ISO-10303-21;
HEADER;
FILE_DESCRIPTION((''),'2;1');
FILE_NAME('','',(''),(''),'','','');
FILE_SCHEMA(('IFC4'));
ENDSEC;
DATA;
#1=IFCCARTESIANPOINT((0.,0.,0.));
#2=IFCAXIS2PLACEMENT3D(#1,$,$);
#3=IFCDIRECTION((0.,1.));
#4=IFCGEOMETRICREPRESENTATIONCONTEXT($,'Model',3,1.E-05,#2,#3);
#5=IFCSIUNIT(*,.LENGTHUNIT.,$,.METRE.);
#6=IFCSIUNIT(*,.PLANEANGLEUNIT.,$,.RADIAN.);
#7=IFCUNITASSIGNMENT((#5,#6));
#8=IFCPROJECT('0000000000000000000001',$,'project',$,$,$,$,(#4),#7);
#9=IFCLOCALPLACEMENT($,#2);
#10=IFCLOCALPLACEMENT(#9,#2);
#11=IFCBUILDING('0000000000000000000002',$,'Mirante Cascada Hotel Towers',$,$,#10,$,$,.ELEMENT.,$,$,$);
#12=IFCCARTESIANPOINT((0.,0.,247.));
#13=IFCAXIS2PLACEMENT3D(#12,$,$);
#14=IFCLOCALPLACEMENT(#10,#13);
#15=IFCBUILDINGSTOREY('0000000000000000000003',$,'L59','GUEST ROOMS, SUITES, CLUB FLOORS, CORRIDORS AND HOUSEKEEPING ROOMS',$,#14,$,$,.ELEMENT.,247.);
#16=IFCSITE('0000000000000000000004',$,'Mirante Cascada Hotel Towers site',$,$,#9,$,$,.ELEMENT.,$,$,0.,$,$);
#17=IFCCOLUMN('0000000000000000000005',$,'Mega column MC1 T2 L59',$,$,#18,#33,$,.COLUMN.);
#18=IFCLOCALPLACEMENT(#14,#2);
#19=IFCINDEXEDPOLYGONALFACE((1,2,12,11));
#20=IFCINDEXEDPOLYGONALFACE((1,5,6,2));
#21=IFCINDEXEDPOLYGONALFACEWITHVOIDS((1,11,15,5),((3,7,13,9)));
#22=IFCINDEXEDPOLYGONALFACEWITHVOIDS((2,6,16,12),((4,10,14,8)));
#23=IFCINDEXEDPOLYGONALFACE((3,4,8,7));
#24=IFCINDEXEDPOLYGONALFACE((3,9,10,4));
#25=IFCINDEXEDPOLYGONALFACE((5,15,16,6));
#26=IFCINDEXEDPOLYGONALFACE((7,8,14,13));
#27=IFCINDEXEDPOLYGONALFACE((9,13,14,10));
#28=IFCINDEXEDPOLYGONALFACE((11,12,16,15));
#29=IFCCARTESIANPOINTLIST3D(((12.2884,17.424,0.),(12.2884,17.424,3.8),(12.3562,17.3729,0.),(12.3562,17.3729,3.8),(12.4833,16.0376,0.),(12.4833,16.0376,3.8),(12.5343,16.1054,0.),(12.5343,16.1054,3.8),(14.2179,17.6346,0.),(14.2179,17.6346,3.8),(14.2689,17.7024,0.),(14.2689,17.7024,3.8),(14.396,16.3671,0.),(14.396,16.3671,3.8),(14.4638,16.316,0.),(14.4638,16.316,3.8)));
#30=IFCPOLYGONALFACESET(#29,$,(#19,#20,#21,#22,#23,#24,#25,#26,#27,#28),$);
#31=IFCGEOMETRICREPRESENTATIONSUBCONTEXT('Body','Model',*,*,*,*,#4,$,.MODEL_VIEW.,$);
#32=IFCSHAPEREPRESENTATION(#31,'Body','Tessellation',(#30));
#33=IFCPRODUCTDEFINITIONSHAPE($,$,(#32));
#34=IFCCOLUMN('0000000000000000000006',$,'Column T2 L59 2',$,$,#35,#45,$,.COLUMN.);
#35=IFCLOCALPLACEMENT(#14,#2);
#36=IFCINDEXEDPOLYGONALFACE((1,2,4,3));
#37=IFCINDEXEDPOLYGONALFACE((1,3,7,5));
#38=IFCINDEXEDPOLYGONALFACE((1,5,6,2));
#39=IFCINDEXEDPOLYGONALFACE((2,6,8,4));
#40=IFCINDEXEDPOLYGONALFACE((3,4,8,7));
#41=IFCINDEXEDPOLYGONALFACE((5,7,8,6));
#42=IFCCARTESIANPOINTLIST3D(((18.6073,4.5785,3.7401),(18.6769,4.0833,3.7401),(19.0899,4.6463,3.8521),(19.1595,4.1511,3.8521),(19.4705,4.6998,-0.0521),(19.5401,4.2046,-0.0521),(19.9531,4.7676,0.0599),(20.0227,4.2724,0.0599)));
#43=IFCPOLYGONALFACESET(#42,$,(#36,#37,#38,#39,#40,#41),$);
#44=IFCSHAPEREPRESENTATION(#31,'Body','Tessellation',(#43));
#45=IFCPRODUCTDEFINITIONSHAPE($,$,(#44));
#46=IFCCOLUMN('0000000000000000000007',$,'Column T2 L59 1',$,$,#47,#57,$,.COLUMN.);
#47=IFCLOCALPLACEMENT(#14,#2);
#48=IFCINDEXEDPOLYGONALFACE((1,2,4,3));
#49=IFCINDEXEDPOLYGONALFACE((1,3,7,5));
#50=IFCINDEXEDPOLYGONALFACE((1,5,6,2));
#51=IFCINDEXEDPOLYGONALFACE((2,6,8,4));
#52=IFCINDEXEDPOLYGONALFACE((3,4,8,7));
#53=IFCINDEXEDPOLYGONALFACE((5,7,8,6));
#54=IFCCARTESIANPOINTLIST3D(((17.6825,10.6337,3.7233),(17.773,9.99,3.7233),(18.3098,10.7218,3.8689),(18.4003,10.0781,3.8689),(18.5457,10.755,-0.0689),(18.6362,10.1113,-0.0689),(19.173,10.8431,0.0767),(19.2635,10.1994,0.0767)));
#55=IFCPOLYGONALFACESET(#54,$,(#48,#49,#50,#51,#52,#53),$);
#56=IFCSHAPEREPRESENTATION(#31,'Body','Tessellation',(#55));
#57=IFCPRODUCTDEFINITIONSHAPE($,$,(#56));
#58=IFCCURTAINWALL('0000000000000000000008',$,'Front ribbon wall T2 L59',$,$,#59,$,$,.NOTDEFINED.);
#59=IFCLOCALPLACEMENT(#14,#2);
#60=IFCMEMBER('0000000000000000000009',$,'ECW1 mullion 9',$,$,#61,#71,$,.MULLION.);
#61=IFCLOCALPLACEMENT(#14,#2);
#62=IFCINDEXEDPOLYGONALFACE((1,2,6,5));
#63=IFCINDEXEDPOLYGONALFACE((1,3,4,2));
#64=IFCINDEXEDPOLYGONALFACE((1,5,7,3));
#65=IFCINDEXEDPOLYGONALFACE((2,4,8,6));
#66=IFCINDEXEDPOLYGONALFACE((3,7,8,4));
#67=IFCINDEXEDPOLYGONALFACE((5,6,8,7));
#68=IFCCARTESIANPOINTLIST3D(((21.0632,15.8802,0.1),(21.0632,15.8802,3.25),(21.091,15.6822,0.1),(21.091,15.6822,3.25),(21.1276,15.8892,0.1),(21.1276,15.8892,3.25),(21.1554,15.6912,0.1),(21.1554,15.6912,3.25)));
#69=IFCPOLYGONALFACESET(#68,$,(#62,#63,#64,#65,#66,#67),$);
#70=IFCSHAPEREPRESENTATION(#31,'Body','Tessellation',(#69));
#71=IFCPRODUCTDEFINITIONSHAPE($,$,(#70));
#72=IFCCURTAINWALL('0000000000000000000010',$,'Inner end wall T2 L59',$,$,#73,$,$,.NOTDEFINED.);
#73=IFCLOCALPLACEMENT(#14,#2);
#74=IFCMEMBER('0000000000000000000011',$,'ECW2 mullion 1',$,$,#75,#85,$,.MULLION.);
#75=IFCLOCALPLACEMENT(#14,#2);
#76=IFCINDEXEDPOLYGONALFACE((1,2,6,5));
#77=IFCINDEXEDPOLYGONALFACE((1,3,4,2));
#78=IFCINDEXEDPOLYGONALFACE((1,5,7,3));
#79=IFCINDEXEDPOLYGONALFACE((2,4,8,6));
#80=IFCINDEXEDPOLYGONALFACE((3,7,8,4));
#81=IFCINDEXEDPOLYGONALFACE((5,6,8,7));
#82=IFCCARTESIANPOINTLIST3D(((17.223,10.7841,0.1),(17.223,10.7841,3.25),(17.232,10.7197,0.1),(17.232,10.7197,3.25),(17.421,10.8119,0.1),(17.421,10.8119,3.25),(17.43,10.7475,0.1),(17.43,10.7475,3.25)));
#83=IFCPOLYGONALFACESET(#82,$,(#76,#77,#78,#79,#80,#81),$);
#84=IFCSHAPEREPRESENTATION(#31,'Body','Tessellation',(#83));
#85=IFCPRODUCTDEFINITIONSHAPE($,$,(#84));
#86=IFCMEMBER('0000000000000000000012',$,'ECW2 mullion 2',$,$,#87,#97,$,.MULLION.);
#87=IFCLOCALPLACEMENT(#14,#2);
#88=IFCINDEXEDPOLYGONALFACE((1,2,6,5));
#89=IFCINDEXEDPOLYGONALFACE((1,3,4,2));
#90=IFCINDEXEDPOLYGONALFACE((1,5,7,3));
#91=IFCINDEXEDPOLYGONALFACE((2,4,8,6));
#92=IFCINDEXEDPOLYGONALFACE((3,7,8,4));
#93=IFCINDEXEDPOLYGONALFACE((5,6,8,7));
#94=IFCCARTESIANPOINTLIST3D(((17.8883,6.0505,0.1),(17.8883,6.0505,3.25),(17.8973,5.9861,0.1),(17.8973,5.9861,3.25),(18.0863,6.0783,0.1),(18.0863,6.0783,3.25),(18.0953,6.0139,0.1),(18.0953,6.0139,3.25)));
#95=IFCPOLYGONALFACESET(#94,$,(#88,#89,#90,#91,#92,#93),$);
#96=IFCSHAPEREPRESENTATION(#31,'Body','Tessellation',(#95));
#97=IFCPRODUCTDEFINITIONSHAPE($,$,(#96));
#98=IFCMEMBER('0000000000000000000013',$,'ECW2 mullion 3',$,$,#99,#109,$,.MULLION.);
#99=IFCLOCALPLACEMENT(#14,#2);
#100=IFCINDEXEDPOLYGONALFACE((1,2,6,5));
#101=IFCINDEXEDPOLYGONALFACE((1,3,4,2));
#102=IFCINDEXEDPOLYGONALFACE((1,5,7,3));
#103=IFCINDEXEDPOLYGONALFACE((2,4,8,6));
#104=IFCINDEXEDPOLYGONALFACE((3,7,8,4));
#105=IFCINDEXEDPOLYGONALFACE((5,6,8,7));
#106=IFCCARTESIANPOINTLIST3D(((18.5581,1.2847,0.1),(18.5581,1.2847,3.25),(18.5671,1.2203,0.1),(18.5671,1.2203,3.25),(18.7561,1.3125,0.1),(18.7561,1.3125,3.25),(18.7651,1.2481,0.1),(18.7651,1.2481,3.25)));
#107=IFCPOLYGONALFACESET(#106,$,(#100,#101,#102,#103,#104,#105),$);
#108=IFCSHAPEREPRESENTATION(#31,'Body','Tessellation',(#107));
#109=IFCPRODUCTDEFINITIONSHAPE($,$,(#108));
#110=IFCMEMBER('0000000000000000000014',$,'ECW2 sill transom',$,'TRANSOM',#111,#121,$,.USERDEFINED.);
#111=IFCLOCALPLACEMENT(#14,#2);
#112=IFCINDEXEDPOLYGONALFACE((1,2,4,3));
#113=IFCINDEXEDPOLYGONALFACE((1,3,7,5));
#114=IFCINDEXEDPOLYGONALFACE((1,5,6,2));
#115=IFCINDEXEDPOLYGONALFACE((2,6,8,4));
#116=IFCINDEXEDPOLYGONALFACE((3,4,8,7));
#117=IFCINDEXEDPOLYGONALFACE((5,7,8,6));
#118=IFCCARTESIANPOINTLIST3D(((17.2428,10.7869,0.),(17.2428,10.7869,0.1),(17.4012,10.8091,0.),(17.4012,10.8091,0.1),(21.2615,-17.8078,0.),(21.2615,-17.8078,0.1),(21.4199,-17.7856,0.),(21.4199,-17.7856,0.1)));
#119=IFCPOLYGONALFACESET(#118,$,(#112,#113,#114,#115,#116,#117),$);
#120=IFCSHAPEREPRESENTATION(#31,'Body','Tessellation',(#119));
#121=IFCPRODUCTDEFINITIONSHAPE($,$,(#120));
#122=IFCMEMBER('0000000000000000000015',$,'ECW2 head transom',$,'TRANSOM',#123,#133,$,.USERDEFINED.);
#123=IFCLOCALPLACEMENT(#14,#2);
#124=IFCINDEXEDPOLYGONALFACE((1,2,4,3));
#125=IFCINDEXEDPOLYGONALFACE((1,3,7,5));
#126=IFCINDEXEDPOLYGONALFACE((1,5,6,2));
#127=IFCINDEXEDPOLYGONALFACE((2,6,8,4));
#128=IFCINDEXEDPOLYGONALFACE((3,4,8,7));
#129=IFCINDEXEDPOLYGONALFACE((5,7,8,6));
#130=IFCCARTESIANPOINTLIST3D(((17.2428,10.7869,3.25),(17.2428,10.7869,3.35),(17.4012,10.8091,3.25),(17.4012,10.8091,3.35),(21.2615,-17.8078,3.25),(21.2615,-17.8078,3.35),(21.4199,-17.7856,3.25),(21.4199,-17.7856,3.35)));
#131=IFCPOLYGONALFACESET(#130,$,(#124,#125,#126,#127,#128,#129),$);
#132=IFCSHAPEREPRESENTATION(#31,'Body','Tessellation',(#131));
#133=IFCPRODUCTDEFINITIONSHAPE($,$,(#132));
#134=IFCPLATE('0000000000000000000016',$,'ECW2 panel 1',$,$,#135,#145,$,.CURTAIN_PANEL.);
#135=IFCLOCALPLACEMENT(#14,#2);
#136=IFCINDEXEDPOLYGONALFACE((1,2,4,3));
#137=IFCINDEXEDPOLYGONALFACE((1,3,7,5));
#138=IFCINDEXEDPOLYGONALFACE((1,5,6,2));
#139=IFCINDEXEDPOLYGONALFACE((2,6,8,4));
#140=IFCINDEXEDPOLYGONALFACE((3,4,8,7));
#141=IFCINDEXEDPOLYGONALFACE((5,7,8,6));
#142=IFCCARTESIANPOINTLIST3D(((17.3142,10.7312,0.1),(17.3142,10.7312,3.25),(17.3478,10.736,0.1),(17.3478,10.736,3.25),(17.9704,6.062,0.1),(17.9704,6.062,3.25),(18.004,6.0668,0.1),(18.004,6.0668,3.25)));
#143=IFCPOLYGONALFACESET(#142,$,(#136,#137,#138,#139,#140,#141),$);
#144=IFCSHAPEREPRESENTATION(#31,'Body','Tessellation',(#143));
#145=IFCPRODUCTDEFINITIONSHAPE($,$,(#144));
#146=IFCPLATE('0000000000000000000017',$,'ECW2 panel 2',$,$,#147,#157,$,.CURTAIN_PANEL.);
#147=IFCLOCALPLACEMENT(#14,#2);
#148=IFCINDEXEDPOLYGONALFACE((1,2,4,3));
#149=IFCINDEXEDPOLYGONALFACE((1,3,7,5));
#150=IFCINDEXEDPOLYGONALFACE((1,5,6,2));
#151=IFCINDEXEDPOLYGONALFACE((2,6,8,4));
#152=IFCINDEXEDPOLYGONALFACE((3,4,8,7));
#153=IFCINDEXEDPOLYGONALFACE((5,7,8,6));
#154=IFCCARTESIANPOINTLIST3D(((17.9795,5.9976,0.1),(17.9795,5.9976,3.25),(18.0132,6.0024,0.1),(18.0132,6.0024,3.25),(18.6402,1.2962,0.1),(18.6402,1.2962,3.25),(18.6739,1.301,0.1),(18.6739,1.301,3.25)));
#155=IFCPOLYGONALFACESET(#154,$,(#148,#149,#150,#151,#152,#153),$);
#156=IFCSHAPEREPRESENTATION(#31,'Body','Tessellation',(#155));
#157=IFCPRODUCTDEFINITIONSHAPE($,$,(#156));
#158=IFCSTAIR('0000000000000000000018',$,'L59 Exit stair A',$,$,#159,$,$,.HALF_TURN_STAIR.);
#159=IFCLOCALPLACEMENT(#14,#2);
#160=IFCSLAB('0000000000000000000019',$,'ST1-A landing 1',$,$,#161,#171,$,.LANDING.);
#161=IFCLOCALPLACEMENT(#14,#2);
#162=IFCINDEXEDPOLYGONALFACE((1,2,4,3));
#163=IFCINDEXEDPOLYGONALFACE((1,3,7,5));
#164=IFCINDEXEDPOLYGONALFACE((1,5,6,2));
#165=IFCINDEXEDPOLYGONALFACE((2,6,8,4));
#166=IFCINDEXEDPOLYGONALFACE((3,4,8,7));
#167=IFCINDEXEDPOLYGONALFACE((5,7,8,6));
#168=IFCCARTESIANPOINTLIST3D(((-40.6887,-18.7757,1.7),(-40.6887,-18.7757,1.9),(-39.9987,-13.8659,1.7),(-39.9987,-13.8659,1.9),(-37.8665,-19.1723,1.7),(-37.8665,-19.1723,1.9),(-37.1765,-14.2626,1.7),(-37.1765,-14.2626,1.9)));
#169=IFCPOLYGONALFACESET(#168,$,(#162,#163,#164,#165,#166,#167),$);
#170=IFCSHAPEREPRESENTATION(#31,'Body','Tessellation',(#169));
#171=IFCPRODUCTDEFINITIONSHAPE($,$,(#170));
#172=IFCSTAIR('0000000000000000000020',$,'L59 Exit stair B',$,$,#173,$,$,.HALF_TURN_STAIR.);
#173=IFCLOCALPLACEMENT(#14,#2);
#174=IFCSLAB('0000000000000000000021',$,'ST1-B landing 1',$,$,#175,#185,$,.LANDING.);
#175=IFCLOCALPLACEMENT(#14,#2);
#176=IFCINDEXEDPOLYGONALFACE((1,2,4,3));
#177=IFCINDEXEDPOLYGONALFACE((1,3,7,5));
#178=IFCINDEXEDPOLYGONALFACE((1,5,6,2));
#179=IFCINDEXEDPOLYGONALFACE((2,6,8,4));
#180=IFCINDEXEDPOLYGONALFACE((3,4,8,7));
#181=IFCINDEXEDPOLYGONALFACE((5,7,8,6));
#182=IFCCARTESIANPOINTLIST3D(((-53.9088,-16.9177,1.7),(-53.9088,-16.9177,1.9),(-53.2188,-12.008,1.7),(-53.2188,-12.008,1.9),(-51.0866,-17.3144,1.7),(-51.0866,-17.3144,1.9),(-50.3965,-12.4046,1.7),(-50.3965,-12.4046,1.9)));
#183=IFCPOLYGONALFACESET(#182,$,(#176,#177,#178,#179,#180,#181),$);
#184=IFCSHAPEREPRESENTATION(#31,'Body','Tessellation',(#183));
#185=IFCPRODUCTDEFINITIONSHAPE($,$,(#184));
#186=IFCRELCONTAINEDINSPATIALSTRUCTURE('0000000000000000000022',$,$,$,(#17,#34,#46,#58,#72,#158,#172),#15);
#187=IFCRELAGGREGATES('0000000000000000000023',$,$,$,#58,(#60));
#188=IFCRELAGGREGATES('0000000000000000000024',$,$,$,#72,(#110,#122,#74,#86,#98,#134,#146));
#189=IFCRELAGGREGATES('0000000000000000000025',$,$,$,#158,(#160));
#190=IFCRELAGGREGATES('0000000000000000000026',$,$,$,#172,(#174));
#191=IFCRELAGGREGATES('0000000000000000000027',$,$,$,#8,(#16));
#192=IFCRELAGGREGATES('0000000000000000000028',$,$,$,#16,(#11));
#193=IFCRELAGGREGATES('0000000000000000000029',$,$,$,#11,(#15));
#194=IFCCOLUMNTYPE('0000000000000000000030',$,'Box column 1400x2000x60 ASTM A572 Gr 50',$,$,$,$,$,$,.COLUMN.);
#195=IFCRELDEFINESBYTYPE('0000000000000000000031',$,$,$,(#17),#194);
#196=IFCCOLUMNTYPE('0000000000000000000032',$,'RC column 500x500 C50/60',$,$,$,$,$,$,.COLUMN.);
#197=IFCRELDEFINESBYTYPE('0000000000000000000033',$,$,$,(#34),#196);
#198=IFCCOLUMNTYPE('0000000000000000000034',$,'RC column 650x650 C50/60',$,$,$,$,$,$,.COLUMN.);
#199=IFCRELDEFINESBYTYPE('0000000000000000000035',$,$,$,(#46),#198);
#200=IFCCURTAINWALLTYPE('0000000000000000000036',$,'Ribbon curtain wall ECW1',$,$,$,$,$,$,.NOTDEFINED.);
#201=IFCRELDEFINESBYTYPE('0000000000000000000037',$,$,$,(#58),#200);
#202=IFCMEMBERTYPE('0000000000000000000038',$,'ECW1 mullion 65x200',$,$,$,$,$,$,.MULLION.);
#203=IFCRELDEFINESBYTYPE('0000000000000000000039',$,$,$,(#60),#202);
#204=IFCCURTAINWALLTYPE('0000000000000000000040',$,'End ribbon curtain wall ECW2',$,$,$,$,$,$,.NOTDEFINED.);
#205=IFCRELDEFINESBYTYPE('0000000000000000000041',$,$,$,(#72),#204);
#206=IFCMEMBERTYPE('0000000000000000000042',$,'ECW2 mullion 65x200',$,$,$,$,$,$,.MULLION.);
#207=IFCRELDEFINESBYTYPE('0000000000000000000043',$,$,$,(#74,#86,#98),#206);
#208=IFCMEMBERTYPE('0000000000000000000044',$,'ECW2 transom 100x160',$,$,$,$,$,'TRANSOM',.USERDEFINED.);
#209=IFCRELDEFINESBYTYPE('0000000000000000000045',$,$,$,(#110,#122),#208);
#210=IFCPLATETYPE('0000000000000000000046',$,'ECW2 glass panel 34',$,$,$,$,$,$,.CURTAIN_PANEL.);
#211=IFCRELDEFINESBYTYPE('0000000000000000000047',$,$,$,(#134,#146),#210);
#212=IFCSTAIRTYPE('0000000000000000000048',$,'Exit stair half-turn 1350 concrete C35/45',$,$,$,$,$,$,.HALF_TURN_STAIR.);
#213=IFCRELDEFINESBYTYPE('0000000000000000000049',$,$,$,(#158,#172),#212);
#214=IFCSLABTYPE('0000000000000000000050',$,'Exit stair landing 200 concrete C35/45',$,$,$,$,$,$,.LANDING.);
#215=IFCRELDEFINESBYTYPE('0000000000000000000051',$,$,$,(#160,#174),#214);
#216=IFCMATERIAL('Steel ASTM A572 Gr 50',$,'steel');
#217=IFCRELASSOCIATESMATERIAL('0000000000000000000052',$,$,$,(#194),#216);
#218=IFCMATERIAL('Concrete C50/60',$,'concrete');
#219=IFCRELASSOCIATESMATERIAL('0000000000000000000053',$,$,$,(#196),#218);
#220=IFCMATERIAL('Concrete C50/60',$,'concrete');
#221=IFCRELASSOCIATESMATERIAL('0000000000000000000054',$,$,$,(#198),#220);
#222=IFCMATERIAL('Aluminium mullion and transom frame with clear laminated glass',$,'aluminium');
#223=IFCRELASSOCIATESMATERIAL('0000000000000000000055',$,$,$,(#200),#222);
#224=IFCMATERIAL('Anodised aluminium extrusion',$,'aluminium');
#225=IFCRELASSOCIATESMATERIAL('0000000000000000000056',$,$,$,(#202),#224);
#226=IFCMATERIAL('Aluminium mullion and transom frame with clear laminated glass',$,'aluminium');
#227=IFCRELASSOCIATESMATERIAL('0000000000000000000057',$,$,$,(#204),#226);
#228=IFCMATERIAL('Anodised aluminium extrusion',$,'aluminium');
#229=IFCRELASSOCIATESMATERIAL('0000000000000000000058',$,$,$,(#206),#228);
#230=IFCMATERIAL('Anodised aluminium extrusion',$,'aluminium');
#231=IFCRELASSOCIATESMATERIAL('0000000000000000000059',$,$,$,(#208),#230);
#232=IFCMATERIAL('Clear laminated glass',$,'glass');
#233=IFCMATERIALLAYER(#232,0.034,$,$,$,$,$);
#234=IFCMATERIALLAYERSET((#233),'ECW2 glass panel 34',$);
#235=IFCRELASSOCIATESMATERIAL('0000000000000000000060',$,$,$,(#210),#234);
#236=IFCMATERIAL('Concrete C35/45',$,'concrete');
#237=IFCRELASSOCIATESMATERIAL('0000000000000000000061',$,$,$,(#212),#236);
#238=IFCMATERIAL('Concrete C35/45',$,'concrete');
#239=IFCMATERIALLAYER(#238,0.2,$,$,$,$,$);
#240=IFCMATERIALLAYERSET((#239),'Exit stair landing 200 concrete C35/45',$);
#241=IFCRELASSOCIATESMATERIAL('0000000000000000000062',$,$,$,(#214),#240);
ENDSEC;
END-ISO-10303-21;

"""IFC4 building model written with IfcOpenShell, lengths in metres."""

from ifc_helpers import new_model, si_unit, direction, frame, origin, origin_2d, place, context, subcontext, project, spatial, polyline, rectangle, hollow_rectangle, outline, extrude, material, layer, layer_set, material_profile, profile_set, type_object, element, aggregate, save


model = new_model("IFC4")

# Units and contexts
model_context = context("Model", 3, precision=1e-05, world=origin(), true_north=direction((0.0, 1.0)))
body_context = subcontext(model_context, "Body", "Model", "MODEL_VIEW")
ifc_project = project(units=[si_unit("LENGTHUNIT", "METRE"), si_unit("PLANEANGLEUNIT", "RADIAN")], contexts=[model_context])

# Site, building, storey
site_placement = place(None, origin())
site = spatial("IfcSite", under=ifc_project, at=site_placement, Name="Mirante Cascada Hotel Towers site", CompositionType="ELEMENT", RefElevation=0.0)
building_placement = place(site_placement, origin())
building = spatial("IfcBuilding", under=site, at=building_placement, Name="Mirante Cascada Hotel Towers", CompositionType="ELEMENT")
storey_placement = place(building_placement, frame((0.0, 0.0, 247.0)))
storey = spatial("IfcBuildingStorey", under=building, at=storey_placement, Name="L59", Description="GUEST ROOMS, SUITES, CLUB FLOORS, CORRIDORS AND HOUSEKEEPING ROOMS", CompositionType="ELEMENT", Elevation=247.0)

# Columns
ifc_material_1 = material(Name="Steel ASTM A572 Gr 50", Category="steel")
ifc_material_profile_1 = material_profile(ifc_material_1, hollow_rectangle(XDim=2.0, YDim=1.4, WallThickness=0.06, at=origin_2d()), Name="Box column 1400x2000x60 ASTM A572 Gr 50")
ifc_profile_set_1 = profile_set([ifc_material_profile_1], Name="Steel ASTM A572 Gr 50")
column_type_1 = type_object("IfcColumnType", Name="Box column 1400x2000x60 ASTM A572 Gr 50", PredefinedType="COLUMN", material=ifc_profile_set_1)
column_1_placement = place(storey_placement, frame((13.3761, 16.87, 0.0), z_axis=(0.0, 0.0, 1.0), x_axis=(0.990268, 0.139173, 0.0)))
element("IfcColumn", 1, at=column_1_placement, inside=storey, type_object=column_type_1, Name="Mega column MC1 T2 L59", PredefinedType="COLUMN", context=body_context, shape_type="SweptSolid", body=[
    extrude(hollow_rectangle(XDim=2.0, YDim=1.4, WallThickness=0.06, at=origin_2d()), origin(), (0.0, 0.0, 1.0), 3.8),
])
ifc_material_2 = material(Name="Concrete C50/60", Category="concrete")
ifc_material_profile_2 = material_profile(ifc_material_2, rectangle(XDim=0.5, YDim=0.5, at=origin_2d()), Name="RC column 500x500 C50/60")
ifc_profile_set_2 = profile_set([ifc_material_profile_2], Name="Concrete C50/60")
column_type_2 = type_object("IfcColumnType", Name="RC column 500x500 C50/60", PredefinedType="COLUMN", material=ifc_profile_set_2)
column_2_placement = place(storey_placement, frame((19.7466, 4.4861, 0.0039), z_axis=(-0.22184, -0.031174, 0.974585), x_axis=(0.139156, -0.99027, 0.0)))
element("IfcColumn", 2, at=column_2_placement, inside=storey, type_object=column_type_2, Name="Column T2 L59 2", PredefinedType="COLUMN", context=body_context, shape_type="SweptSolid", body=[
    extrude(rectangle(XDim=0.5, YDim=0.5, at=origin_2d()), origin(), (0.0, 0.0, 1.0), 3.8911),
])
ifc_material_3 = material(Name="Concrete C50/60", Category="concrete")
ifc_material_profile_3 = material_profile(ifc_material_3, rectangle(XDim=0.65, YDim=0.65, at=origin_2d()), Name="RC column 650x650 C50/60")
ifc_profile_set_3 = profile_set([ifc_material_profile_3], Name="Concrete C50/60")
column_type_3 = type_object("IfcColumnType", Name="RC column 650x650 C50/60", PredefinedType="COLUMN", material=ifc_profile_set_3)
column_3_placement = place(storey_placement, frame((18.9046, 10.4772, 0.0039), z_axis=(-0.22184, -0.031174, 0.974585), x_axis=(0.139156, -0.99027, 0.0)))
element("IfcColumn", 3, at=column_3_placement, inside=storey, type_object=column_type_3, Name="Column T2 L59 1", PredefinedType="COLUMN", context=body_context, shape_type="SweptSolid", body=[
    extrude(rectangle(XDim=0.65, YDim=0.65, at=origin_2d()), origin(), (0.0, 0.0, 1.0), 3.8911),
])

# Curtain wall, member
ifc_material_4 = material(Name="Aluminium mullion and transom frame with clear laminated glass", Category="aluminium")
curtain_wall_type_1 = type_object("IfcCurtainWallType", Name="Ribbon curtain wall ECW1", PredefinedType="NOTDEFINED", material=ifc_material_4)
curtain_wall_1_placement = place(storey_placement, origin())
curtain_wall_1 = element("IfcCurtainWall", 4, at=curtain_wall_1_placement, inside=storey, type_object=curtain_wall_type_1, Name="Front ribbon wall T2 L59", PredefinedType="NOTDEFINED")
ifc_material_5 = material(Name="Anodised aluminium extrusion", Category="aluminium")
ifc_material_profile_4 = material_profile(ifc_material_5, rectangle(XDim=0.2, YDim=0.065, at=origin_2d()), Name="ECW1 MULLION 65x200")
ifc_profile_set_4 = profile_set([ifc_material_profile_4], Name="Anodised aluminium extrusion")
member_type_1 = type_object("IfcMemberType", Name="ECW1 mullion 65x200", PredefinedType="MULLION", material=ifc_profile_set_4)
member_1_placement = place(storey_placement, frame((21.1093, 15.7857, 0.1), z_axis=(0.0, 0.0, 1.0), x_axis=(0.139173, -0.990268, 0.0)))
member_1 = element("IfcMember", 5, at=member_1_placement, type_object=member_type_1, Name="ECW1 mullion 9", PredefinedType="MULLION", context=body_context, shape_type="SweptSolid", body=[
    extrude(rectangle(XDim=0.2, YDim=0.065, at=origin_2d()), origin(), (0.0, 0.0, 1.0), 3.15),
])
aggregate(curtain_wall_1, [member_1])

# Curtain wall, members, plates
ifc_material_6 = material(Name="Aluminium mullion and transom frame with clear laminated glass", Category="aluminium")
curtain_wall_type_2 = type_object("IfcCurtainWallType", Name="End ribbon curtain wall ECW2", PredefinedType="NOTDEFINED", material=ifc_material_6)
curtain_wall_2_placement = place(storey_placement, origin())
curtain_wall_2 = element("IfcCurtainWall", 6, at=curtain_wall_2_placement, inside=storey, type_object=curtain_wall_type_2, Name="Inner end wall T2 L59", PredefinedType="NOTDEFINED")
ifc_material_7 = material(Name="Anodised aluminium extrusion", Category="aluminium")
ifc_material_profile_5 = material_profile(ifc_material_7, rectangle(XDim=0.2, YDim=0.065, at=origin_2d()), Name="ECW2 MULLION 65x200")
ifc_profile_set_5 = profile_set([ifc_material_profile_5], Name="Anodised aluminium extrusion")
member_type_2 = type_object("IfcMemberType", Name="ECW2 mullion 65x200", PredefinedType="MULLION", material=ifc_profile_set_5)
member_2_placement = place(storey_placement, frame((17.3265, 10.7658, 0.1), z_axis=(0.0, 0.0, 1.0), x_axis=(0.990268, 0.139173, 0.0)))
member_2 = element("IfcMember", 7, at=member_2_placement, type_object=member_type_2, Name="ECW2 mullion 1", PredefinedType="MULLION", context=body_context, shape_type="SweptSolid", body=[
    extrude(rectangle(XDim=0.2, YDim=0.065, at=origin_2d()), origin(), (0.0, 0.0, 1.0), 3.15),
])
member_3_placement = place(storey_placement, frame((17.9918, 6.0322, 0.1), z_axis=(0.0, 0.0, 1.0), x_axis=(0.990268, 0.139173, 0.0)))
member_3 = element("IfcMember", 8, at=member_3_placement, type_object=member_type_2, Name="ECW2 mullion 2", PredefinedType="MULLION", context=body_context, shape_type="SweptSolid", body=[
    extrude(rectangle(XDim=0.2, YDim=0.065, at=origin_2d()), origin(), (0.0, 0.0, 1.0), 3.15),
])
member_4_placement = place(storey_placement, frame((18.6616, 1.2664, 0.1), z_axis=(0.0, 0.0, 1.0), x_axis=(0.990268, 0.139173, 0.0)))
member_4 = element("IfcMember", 9, at=member_4_placement, type_object=member_type_2, Name="ECW2 mullion 3", PredefinedType="MULLION", context=body_context, shape_type="SweptSolid", body=[
    extrude(rectangle(XDim=0.2, YDim=0.065, at=origin_2d()), origin(), (0.0, 0.0, 1.0), 3.15),
])
ifc_material_8 = material(Name="Anodised aluminium extrusion", Category="aluminium")
ifc_material_profile_6 = material_profile(ifc_material_8, rectangle(XDim=0.16, YDim=0.1, at=origin_2d()), Name="ECW2 TRANSOM 100x160")
ifc_profile_set_6 = profile_set([ifc_material_profile_6], Name="Anodised aluminium extrusion")
member_type_3 = type_object("IfcMemberType", Name="ECW2 transom 100x160", ElementType="TRANSOM", PredefinedType="USERDEFINED", material=ifc_profile_set_6)
member_5_placement = place(storey_placement, frame((17.322, 10.798, 0.05), z_axis=(0.139172, -0.990268, 0.0), x_axis=(0.990268, 0.139172, 0.0)))
member_5 = element("IfcMember", 10, at=member_5_placement, type_object=member_type_3, Name="ECW2 sill transom", ObjectType="TRANSOM", PredefinedType="USERDEFINED", context=body_context, shape_type="SweptSolid", body=[
    extrude(rectangle(XDim=0.16, YDim=0.1, at=origin_2d()), origin(), (0.0, 0.0, 1.0), 28.8757),
])
member_6_placement = place(storey_placement, frame((17.322, 10.798, 3.3), z_axis=(0.139172, -0.990268, 0.0), x_axis=(0.990268, 0.139172, 0.0)))
member_6 = element("IfcMember", 11, at=member_6_placement, type_object=member_type_3, Name="ECW2 head transom", ObjectType="TRANSOM", PredefinedType="USERDEFINED", context=body_context, shape_type="SweptSolid", body=[
    extrude(rectangle(XDim=0.16, YDim=0.1, at=origin_2d()), origin(), (0.0, 0.0, 1.0), 28.8757),
])
ifc_material_9 = material(Name="Clear laminated glass", Category="glass")
ifc_layer_1 = layer(ifc_material_9, 0.034)
ifc_layer_set_1 = layer_set([ifc_layer_1], Name="ECW2 glass panel 34")
plate_type = type_object("IfcPlateType", Name="ECW2 glass panel 34", PredefinedType="CURTAIN_PANEL", material=ifc_layer_set_1)
plate_1_placement = place(storey_placement, frame((17.6591, 8.399, 0.1), z_axis=(0.0, 0.0, 1.0), x_axis=(0.139173, -0.990268, 0.0)))
plate_1 = element("IfcPlate", 12, at=plate_1_placement, type_object=plate_type, Name="ECW2 panel 1", PredefinedType="CURTAIN_PANEL", context=body_context, shape_type="SweptSolid", body=[
    extrude(rectangle(XDim=4.7151, YDim=0.034, at=origin_2d()), origin(), (0.0, 0.0, 1.0), 3.15),
])
plate_2_placement = place(storey_placement, frame((18.3267, 3.6493, 0.1), z_axis=(0.0, 0.0, 1.0), x_axis=(0.139173, -0.990268, 0.0)))
plate_2 = element("IfcPlate", 13, at=plate_2_placement, type_object=plate_type, Name="ECW2 panel 2", PredefinedType="CURTAIN_PANEL", context=body_context, shape_type="SweptSolid", body=[
    extrude(rectangle(XDim=4.7476, YDim=0.034, at=origin_2d()), origin(), (0.0, 0.0, 1.0), 3.15),
])
aggregate(curtain_wall_2, [member_5, member_6, member_2, member_3, member_4, plate_1, plate_2])

# Stairs, slabs
ifc_material_10 = material(Name="Concrete C35/45", Category="concrete")
stair_type = type_object("IfcStairType", Name="Exit stair half-turn 1350 concrete C35/45", PredefinedType="HALF_TURN_STAIR", material=ifc_material_10)
stair_1_placement = place(storey_placement, origin())
stair_1 = element("IfcStair", 14, at=stair_1_placement, inside=storey, type_object=stair_type, Name="L59 Exit stair A", PredefinedType="HALF_TURN_STAIR")
ifc_material_11 = material(Name="Concrete C35/45", Category="concrete")
ifc_layer_2 = layer(ifc_material_11, 0.2)
ifc_layer_set_2 = layer_set([ifc_layer_2], Name="Exit stair landing 200 concrete C35/45")
slab_type = type_object("IfcSlabType", Name="Exit stair landing 200 concrete C35/45", PredefinedType="LANDING", material=ifc_layer_set_2)
slab_1_placement = place(storey_placement, frame((0.0, 0.0, 1.7)))
slab_1 = element("IfcSlab", 15, at=slab_1_placement, type_object=slab_type, Name="ST1-A landing 1", PredefinedType="LANDING", context=body_context, shape_type="SweptSolid", body=[
    extrude(outline(polyline([(-39.9987, -13.8659), (-40.6887, -18.7757), (-37.8665, -19.1723), (-37.1765, -14.2626), (-39.9987, -13.8659)])), origin(), (0.0, 0.0, 1.0), 0.2),
])
aggregate(stair_1, [slab_1])
stair_2_placement = place(storey_placement, origin())
stair_2 = element("IfcStair", 16, at=stair_2_placement, inside=storey, type_object=stair_type, Name="L59 Exit stair B", PredefinedType="HALF_TURN_STAIR")
slab_2_placement = place(storey_placement, frame((0.0, 0.0, 1.7)))
slab_2 = element("IfcSlab", 17, at=slab_2_placement, type_object=slab_type, Name="ST1-B landing 1", PredefinedType="LANDING", context=body_context, shape_type="SweptSolid", body=[
    extrude(outline(polyline([(-53.2188, -12.008), (-53.9088, -16.9177), (-51.0866, -17.3144), (-50.3965, -12.4046), (-53.2188, -12.008)])), origin(), (0.0, 0.0, 1.0), 0.2),
])
aggregate(stair_2, [slab_2])

save(model, "model.ifc")
